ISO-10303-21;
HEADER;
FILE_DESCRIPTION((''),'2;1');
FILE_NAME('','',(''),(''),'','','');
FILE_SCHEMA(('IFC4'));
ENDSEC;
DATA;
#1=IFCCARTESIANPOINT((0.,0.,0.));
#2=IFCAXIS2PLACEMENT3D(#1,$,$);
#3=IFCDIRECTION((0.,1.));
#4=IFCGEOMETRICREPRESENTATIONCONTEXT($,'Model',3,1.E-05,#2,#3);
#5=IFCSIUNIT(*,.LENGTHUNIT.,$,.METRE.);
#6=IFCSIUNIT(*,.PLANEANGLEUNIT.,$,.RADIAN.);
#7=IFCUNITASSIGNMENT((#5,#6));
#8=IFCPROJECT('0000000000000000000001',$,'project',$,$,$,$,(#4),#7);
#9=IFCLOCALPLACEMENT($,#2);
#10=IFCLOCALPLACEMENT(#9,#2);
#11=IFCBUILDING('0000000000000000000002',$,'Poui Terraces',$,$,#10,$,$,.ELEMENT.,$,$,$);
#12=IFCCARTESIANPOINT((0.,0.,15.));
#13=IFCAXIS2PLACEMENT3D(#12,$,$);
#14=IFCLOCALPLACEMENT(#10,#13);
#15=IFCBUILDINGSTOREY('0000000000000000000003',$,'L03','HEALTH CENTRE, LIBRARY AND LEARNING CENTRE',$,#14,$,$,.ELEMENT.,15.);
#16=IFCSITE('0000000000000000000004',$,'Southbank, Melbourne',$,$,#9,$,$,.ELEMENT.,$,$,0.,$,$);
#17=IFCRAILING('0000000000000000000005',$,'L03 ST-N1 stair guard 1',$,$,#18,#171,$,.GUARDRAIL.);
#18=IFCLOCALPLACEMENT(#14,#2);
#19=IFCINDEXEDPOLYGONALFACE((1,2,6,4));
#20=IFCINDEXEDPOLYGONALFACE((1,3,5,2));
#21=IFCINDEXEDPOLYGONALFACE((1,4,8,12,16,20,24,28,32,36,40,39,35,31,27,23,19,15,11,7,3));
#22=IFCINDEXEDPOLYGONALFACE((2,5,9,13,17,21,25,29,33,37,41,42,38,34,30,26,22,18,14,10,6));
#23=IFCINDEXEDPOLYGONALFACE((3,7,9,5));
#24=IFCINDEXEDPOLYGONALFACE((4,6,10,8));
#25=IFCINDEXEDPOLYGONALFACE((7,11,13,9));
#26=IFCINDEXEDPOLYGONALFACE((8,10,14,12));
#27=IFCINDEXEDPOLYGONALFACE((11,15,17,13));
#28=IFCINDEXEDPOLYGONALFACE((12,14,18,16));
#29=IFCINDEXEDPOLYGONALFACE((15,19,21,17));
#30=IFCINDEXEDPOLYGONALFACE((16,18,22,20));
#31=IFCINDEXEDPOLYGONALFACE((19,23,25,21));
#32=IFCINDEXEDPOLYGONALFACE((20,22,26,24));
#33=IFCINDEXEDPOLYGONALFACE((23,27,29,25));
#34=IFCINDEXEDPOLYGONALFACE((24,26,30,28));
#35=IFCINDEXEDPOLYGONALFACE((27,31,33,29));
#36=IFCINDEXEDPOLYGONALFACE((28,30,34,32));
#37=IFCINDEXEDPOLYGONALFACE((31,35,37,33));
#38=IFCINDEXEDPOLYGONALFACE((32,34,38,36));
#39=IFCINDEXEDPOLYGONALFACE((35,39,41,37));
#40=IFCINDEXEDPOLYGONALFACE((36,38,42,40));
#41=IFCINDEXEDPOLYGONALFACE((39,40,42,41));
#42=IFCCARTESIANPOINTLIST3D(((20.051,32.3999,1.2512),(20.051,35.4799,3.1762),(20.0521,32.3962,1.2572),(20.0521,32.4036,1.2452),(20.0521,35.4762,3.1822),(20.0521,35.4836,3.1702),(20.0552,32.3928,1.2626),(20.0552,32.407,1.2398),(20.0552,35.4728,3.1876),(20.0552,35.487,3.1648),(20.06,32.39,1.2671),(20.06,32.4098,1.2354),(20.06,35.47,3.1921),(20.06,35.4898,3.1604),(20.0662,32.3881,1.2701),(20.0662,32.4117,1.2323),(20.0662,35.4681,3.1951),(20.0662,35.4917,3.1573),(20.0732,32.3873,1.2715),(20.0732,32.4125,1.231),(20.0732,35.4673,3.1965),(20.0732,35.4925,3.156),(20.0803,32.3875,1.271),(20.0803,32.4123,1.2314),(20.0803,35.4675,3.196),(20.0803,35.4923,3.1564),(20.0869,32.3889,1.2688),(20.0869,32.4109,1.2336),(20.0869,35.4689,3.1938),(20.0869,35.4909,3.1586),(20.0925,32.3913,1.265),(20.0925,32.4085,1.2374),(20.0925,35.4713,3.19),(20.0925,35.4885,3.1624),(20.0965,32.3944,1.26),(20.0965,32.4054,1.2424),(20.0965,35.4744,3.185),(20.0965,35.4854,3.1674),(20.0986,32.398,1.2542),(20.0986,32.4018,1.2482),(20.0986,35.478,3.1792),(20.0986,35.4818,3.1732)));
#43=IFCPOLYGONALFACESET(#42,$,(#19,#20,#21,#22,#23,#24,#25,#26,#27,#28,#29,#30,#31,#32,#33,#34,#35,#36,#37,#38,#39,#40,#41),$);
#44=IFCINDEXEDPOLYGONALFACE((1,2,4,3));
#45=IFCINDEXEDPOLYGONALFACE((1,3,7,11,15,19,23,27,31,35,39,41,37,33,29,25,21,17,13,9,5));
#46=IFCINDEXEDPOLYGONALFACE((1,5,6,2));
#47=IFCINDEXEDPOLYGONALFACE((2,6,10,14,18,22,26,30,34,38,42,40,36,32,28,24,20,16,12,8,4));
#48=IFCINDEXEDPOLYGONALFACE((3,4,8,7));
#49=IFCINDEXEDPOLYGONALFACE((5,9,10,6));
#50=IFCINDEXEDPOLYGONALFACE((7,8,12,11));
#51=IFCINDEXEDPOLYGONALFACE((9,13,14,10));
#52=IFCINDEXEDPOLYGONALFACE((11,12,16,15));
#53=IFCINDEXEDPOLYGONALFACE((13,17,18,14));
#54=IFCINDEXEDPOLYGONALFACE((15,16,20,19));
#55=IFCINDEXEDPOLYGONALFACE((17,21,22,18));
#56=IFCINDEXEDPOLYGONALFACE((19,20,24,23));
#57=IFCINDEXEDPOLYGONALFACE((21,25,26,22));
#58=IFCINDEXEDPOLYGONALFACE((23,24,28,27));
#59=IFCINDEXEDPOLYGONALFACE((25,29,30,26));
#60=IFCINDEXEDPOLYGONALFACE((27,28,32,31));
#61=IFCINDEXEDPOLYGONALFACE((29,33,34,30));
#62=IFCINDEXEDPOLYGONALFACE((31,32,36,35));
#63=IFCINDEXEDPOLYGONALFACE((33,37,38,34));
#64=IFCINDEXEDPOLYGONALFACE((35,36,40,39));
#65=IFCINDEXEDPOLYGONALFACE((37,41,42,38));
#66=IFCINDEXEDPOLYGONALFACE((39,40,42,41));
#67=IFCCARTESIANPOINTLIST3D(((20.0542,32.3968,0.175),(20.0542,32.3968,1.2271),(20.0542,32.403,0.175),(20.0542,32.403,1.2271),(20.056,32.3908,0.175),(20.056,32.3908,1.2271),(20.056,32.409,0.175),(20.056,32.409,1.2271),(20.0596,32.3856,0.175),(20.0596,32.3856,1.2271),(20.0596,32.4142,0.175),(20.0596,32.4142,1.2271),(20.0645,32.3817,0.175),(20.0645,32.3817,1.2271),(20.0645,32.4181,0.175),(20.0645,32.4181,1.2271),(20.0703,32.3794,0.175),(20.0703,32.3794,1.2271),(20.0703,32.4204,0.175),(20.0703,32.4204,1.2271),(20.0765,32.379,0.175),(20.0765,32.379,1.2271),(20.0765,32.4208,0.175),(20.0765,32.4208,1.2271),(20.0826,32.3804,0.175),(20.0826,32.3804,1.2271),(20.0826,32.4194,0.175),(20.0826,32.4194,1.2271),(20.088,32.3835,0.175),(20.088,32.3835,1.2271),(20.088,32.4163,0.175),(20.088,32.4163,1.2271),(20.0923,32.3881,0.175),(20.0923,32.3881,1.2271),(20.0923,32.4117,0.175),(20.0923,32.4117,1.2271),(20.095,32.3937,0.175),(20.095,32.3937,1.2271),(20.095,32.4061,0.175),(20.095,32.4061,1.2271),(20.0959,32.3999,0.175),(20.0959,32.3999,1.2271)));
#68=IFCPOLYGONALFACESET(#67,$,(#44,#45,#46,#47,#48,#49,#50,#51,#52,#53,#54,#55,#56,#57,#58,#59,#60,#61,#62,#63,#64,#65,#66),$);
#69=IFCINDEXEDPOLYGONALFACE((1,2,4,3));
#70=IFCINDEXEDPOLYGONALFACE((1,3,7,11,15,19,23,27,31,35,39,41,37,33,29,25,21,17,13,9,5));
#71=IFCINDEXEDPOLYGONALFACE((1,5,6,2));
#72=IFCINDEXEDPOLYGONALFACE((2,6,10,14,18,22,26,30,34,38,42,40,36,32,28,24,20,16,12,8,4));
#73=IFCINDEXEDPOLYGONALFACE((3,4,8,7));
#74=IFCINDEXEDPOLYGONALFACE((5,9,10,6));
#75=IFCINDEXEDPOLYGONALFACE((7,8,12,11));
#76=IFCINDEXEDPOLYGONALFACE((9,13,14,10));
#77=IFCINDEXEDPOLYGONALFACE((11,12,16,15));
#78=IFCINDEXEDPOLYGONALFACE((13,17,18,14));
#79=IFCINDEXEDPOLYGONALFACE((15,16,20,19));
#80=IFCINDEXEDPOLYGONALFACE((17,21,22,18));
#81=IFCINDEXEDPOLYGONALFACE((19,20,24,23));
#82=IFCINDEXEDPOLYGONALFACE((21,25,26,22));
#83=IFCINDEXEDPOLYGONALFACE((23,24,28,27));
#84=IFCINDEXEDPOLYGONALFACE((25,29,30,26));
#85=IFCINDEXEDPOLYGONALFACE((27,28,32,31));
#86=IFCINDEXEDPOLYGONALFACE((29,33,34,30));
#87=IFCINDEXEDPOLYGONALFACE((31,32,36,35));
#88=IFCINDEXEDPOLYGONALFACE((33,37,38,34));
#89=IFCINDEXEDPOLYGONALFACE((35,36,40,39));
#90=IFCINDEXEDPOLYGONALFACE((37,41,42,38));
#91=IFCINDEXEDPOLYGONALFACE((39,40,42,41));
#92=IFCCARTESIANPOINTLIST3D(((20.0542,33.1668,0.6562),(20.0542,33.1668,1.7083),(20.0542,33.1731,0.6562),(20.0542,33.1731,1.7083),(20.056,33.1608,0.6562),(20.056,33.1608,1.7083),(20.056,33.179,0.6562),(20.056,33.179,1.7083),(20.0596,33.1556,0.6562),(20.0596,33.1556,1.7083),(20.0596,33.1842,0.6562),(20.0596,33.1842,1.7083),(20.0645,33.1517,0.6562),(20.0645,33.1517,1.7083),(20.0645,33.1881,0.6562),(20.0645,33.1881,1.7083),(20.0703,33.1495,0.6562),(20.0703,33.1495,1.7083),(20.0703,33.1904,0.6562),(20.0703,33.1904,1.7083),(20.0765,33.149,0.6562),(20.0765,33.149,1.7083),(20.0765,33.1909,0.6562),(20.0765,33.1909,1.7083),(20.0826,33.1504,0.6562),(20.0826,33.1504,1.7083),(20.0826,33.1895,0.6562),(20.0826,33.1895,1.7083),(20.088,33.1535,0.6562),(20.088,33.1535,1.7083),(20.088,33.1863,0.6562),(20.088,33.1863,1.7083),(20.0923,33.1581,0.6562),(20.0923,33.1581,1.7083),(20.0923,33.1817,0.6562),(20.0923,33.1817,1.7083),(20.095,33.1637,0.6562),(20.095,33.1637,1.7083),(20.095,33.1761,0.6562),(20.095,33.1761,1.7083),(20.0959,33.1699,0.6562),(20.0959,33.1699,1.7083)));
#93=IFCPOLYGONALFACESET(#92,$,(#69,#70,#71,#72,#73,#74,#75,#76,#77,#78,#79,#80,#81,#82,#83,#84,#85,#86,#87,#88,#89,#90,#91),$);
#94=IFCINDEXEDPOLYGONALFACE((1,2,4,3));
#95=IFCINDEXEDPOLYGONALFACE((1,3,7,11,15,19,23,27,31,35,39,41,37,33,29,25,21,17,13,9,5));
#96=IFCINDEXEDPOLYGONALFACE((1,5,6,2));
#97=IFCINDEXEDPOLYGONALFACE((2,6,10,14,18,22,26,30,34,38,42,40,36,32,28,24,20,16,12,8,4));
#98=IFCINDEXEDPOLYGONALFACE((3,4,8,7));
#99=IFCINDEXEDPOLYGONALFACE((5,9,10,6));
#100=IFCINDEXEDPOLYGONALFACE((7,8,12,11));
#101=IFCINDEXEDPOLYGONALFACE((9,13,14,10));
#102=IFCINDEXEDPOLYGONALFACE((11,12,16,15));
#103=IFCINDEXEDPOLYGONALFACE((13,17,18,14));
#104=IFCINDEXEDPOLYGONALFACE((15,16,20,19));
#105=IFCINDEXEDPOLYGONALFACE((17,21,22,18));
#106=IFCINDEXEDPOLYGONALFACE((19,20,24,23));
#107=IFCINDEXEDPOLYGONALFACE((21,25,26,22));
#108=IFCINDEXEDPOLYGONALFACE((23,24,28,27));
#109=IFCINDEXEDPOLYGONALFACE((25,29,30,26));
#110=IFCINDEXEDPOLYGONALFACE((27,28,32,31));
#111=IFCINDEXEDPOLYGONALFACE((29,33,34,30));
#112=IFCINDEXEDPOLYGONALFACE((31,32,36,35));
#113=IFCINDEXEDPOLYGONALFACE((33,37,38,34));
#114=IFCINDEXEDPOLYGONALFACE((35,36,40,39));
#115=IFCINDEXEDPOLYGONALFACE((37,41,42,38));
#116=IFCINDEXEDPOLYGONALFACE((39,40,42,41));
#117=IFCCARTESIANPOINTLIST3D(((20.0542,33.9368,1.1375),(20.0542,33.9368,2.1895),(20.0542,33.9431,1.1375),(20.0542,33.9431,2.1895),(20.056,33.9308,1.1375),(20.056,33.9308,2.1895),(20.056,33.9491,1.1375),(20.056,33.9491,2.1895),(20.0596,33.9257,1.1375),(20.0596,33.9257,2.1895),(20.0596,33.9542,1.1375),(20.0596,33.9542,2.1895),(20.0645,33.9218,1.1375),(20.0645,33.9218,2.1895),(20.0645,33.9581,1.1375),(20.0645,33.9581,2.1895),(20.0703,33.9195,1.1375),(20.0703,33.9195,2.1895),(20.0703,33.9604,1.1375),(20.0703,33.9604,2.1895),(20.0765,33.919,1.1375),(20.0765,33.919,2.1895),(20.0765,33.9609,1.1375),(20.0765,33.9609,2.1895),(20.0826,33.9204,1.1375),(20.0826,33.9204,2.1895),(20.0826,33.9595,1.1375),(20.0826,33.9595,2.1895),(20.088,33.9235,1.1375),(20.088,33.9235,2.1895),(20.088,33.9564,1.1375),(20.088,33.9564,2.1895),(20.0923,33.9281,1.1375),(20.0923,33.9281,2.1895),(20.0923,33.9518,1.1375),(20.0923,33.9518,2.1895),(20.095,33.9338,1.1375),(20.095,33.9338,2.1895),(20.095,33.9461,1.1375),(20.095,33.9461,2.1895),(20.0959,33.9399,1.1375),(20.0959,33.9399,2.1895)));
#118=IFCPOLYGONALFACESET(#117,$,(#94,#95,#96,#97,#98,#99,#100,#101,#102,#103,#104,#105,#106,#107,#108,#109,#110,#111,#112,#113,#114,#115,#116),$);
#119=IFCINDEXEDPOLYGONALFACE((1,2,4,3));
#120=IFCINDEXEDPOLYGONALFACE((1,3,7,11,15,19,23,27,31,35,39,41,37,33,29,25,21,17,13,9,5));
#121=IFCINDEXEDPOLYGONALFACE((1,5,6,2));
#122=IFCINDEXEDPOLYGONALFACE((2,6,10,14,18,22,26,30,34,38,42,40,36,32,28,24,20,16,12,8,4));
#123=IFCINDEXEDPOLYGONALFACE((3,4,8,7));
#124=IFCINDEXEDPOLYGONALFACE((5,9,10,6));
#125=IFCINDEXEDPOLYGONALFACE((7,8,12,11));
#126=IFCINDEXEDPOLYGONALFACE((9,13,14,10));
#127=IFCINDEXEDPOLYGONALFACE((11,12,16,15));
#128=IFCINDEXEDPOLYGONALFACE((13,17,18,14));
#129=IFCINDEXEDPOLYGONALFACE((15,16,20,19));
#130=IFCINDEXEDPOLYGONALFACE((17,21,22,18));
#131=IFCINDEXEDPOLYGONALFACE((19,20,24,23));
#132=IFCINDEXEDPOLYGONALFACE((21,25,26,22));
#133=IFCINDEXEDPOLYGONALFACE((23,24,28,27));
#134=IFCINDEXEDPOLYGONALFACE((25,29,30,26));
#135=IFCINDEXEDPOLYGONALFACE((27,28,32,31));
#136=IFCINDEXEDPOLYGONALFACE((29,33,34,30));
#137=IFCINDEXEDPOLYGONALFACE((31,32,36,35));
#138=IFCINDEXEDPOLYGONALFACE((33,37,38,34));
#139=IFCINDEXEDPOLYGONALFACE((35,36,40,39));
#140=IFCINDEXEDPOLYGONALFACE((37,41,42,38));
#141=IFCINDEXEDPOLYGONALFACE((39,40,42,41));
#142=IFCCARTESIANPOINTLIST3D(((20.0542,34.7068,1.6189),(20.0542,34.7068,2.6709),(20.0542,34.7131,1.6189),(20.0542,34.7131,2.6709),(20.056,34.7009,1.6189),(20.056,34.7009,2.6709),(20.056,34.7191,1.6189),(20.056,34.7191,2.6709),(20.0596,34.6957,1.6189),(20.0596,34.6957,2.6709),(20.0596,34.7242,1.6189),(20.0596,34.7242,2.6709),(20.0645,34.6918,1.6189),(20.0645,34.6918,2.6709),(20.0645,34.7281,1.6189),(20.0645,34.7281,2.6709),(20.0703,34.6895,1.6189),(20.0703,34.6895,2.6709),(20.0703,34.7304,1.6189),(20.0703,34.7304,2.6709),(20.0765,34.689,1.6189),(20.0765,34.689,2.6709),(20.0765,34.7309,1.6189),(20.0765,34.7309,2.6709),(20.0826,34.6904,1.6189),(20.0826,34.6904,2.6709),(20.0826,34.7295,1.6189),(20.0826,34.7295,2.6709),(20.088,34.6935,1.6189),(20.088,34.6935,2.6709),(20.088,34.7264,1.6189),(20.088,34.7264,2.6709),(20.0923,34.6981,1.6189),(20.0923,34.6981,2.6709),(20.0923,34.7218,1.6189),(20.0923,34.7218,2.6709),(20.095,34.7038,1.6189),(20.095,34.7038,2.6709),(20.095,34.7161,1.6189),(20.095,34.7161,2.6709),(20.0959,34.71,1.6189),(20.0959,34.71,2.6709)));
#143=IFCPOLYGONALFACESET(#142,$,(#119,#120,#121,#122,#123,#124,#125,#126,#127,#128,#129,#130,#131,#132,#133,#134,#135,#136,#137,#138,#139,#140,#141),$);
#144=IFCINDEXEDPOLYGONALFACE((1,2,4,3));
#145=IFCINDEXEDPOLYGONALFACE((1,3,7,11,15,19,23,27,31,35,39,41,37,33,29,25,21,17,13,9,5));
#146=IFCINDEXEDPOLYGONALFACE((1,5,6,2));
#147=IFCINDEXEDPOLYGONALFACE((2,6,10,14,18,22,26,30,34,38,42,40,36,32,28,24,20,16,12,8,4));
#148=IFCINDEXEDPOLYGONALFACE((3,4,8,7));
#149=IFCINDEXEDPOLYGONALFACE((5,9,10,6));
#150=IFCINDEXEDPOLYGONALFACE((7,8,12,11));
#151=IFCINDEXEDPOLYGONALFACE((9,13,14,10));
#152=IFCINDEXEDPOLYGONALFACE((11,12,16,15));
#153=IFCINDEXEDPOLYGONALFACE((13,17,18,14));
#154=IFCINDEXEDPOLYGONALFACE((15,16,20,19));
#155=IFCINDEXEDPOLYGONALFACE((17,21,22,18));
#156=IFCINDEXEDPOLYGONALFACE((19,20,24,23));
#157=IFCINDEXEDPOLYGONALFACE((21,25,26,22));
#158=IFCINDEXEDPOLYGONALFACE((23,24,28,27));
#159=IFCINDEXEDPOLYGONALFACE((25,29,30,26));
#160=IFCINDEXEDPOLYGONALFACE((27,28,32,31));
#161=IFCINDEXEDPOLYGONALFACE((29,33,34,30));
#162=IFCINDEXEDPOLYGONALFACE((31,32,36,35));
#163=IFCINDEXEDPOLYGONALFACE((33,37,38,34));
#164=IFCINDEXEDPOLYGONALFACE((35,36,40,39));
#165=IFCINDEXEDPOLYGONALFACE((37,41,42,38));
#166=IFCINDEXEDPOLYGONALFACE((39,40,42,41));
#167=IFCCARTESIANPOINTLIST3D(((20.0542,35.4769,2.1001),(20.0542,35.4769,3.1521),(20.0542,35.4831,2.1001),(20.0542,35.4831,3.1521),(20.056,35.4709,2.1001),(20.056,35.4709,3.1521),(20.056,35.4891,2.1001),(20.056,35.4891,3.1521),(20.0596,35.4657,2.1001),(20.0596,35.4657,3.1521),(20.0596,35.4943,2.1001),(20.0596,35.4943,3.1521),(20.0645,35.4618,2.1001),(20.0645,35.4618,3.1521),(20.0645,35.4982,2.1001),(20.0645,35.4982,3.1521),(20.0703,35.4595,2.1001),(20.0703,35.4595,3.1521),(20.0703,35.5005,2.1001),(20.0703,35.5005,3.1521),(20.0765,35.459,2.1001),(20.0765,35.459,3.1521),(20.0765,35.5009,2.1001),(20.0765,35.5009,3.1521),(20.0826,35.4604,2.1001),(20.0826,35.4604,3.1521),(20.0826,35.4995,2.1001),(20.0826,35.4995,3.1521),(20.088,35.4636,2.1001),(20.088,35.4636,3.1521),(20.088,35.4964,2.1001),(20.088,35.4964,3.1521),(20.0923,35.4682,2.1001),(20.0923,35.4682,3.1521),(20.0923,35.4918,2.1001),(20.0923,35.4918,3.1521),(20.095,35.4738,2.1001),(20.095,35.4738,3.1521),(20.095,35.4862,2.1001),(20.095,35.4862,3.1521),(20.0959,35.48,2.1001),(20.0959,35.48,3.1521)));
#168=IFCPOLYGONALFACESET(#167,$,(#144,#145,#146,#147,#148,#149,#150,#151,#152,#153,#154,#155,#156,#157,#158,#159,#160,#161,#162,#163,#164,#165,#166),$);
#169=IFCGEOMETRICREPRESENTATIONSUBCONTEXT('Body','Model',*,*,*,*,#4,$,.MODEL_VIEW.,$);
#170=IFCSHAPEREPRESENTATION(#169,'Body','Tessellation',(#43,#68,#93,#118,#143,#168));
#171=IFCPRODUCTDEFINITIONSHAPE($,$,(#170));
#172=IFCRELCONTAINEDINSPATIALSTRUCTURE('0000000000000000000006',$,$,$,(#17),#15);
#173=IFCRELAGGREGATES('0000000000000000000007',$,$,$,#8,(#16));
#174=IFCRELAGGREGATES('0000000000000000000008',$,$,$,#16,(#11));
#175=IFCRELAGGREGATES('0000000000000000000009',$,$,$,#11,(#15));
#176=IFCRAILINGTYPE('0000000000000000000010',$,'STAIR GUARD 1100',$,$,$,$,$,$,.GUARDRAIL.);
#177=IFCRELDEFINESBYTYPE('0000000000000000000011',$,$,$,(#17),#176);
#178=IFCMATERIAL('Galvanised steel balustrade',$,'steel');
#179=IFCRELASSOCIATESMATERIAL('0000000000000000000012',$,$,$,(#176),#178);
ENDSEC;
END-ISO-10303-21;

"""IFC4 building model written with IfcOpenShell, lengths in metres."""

from ifc_helpers import new_model, si_unit, direction, frame, origin, origin_2d, place, context, subcontext, project, spatial, circle, extrude, material, type_object, element, save


model = new_model("IFC4")

# Units and contexts
model_context = context("Model", 3, precision=1e-05, world=origin(), true_north=direction((0.0, 1.0)))
body_context = subcontext(model_context, "Body", "Model", "MODEL_VIEW")
ifc_project = project(units=[si_unit("LENGTHUNIT", "METRE"), si_unit("PLANEANGLEUNIT", "RADIAN")], contexts=[model_context])

# Site, building, storey
site_placement = place(None, origin())
site = spatial("IfcSite", under=ifc_project, at=site_placement, Name="Southbank, Melbourne", CompositionType="ELEMENT", RefElevation=0.0)
building_placement = place(site_placement, origin())
building = spatial("IfcBuilding", under=site, at=building_placement, Name="Poui Terraces", CompositionType="ELEMENT")
storey_placement = place(building_placement, frame((0.0, 0.0, 15.0)))
storey = spatial("IfcBuildingStorey", under=building, at=storey_placement, Name="L03", Description="HEALTH CENTRE, LIBRARY AND LEARNING CENTRE", CompositionType="ELEMENT", Elevation=15.0)

# Railing
ifc_material_1 = material(Name="Galvanised steel balustrade", Category="steel")
railing_type_1 = type_object("IfcRailingType", Name="STAIR GUARD 1100", PredefinedType="GUARDRAIL", material=ifc_material_1)
railing_1_placement = place(storey_placement, frame((20.075, 32.3999, 0.175)))
element("IfcRailing", 1, at=railing_1_placement, inside=storey, type_object=railing_type_1, Name="L03 ST-N1 stair guard 1", PredefinedType="GUARDRAIL", context=body_context, shape_type="SweptSolid", body=[
    extrude(circle(Radius=0.0239, at=origin_2d()), frame((0.0, 0.0, 1.0762), z_axis=(0.0, 0.847998, 0.529999), x_axis=(-1.0, 0.0, 0.0)), (0.0, 0.0, 1.0), 3.6321),
    extrude(circle(Radius=0.021, at=origin_2d()), origin(), (0.0, 0.0, 1.0), 1.052),
    extrude(circle(Radius=0.021, at=origin_2d()), frame((0.0, 0.77, 0.4812)), (0.0, 0.0, 1.0), 1.052),
    extrude(circle(Radius=0.021, at=origin_2d()), frame((0.0, 1.54, 0.9624)), (0.0, 0.0, 1.0), 1.052),
    extrude(circle(Radius=0.021, at=origin_2d()), frame((0.0, 2.3101, 1.4438)), (0.0, 0.0, 1.0), 1.052),
    extrude(circle(Radius=0.021, at=origin_2d()), frame((0.0, 3.0801, 1.925)), (0.0, 0.0, 1.0), 1.052),
])

save(model, "model.ifc")
